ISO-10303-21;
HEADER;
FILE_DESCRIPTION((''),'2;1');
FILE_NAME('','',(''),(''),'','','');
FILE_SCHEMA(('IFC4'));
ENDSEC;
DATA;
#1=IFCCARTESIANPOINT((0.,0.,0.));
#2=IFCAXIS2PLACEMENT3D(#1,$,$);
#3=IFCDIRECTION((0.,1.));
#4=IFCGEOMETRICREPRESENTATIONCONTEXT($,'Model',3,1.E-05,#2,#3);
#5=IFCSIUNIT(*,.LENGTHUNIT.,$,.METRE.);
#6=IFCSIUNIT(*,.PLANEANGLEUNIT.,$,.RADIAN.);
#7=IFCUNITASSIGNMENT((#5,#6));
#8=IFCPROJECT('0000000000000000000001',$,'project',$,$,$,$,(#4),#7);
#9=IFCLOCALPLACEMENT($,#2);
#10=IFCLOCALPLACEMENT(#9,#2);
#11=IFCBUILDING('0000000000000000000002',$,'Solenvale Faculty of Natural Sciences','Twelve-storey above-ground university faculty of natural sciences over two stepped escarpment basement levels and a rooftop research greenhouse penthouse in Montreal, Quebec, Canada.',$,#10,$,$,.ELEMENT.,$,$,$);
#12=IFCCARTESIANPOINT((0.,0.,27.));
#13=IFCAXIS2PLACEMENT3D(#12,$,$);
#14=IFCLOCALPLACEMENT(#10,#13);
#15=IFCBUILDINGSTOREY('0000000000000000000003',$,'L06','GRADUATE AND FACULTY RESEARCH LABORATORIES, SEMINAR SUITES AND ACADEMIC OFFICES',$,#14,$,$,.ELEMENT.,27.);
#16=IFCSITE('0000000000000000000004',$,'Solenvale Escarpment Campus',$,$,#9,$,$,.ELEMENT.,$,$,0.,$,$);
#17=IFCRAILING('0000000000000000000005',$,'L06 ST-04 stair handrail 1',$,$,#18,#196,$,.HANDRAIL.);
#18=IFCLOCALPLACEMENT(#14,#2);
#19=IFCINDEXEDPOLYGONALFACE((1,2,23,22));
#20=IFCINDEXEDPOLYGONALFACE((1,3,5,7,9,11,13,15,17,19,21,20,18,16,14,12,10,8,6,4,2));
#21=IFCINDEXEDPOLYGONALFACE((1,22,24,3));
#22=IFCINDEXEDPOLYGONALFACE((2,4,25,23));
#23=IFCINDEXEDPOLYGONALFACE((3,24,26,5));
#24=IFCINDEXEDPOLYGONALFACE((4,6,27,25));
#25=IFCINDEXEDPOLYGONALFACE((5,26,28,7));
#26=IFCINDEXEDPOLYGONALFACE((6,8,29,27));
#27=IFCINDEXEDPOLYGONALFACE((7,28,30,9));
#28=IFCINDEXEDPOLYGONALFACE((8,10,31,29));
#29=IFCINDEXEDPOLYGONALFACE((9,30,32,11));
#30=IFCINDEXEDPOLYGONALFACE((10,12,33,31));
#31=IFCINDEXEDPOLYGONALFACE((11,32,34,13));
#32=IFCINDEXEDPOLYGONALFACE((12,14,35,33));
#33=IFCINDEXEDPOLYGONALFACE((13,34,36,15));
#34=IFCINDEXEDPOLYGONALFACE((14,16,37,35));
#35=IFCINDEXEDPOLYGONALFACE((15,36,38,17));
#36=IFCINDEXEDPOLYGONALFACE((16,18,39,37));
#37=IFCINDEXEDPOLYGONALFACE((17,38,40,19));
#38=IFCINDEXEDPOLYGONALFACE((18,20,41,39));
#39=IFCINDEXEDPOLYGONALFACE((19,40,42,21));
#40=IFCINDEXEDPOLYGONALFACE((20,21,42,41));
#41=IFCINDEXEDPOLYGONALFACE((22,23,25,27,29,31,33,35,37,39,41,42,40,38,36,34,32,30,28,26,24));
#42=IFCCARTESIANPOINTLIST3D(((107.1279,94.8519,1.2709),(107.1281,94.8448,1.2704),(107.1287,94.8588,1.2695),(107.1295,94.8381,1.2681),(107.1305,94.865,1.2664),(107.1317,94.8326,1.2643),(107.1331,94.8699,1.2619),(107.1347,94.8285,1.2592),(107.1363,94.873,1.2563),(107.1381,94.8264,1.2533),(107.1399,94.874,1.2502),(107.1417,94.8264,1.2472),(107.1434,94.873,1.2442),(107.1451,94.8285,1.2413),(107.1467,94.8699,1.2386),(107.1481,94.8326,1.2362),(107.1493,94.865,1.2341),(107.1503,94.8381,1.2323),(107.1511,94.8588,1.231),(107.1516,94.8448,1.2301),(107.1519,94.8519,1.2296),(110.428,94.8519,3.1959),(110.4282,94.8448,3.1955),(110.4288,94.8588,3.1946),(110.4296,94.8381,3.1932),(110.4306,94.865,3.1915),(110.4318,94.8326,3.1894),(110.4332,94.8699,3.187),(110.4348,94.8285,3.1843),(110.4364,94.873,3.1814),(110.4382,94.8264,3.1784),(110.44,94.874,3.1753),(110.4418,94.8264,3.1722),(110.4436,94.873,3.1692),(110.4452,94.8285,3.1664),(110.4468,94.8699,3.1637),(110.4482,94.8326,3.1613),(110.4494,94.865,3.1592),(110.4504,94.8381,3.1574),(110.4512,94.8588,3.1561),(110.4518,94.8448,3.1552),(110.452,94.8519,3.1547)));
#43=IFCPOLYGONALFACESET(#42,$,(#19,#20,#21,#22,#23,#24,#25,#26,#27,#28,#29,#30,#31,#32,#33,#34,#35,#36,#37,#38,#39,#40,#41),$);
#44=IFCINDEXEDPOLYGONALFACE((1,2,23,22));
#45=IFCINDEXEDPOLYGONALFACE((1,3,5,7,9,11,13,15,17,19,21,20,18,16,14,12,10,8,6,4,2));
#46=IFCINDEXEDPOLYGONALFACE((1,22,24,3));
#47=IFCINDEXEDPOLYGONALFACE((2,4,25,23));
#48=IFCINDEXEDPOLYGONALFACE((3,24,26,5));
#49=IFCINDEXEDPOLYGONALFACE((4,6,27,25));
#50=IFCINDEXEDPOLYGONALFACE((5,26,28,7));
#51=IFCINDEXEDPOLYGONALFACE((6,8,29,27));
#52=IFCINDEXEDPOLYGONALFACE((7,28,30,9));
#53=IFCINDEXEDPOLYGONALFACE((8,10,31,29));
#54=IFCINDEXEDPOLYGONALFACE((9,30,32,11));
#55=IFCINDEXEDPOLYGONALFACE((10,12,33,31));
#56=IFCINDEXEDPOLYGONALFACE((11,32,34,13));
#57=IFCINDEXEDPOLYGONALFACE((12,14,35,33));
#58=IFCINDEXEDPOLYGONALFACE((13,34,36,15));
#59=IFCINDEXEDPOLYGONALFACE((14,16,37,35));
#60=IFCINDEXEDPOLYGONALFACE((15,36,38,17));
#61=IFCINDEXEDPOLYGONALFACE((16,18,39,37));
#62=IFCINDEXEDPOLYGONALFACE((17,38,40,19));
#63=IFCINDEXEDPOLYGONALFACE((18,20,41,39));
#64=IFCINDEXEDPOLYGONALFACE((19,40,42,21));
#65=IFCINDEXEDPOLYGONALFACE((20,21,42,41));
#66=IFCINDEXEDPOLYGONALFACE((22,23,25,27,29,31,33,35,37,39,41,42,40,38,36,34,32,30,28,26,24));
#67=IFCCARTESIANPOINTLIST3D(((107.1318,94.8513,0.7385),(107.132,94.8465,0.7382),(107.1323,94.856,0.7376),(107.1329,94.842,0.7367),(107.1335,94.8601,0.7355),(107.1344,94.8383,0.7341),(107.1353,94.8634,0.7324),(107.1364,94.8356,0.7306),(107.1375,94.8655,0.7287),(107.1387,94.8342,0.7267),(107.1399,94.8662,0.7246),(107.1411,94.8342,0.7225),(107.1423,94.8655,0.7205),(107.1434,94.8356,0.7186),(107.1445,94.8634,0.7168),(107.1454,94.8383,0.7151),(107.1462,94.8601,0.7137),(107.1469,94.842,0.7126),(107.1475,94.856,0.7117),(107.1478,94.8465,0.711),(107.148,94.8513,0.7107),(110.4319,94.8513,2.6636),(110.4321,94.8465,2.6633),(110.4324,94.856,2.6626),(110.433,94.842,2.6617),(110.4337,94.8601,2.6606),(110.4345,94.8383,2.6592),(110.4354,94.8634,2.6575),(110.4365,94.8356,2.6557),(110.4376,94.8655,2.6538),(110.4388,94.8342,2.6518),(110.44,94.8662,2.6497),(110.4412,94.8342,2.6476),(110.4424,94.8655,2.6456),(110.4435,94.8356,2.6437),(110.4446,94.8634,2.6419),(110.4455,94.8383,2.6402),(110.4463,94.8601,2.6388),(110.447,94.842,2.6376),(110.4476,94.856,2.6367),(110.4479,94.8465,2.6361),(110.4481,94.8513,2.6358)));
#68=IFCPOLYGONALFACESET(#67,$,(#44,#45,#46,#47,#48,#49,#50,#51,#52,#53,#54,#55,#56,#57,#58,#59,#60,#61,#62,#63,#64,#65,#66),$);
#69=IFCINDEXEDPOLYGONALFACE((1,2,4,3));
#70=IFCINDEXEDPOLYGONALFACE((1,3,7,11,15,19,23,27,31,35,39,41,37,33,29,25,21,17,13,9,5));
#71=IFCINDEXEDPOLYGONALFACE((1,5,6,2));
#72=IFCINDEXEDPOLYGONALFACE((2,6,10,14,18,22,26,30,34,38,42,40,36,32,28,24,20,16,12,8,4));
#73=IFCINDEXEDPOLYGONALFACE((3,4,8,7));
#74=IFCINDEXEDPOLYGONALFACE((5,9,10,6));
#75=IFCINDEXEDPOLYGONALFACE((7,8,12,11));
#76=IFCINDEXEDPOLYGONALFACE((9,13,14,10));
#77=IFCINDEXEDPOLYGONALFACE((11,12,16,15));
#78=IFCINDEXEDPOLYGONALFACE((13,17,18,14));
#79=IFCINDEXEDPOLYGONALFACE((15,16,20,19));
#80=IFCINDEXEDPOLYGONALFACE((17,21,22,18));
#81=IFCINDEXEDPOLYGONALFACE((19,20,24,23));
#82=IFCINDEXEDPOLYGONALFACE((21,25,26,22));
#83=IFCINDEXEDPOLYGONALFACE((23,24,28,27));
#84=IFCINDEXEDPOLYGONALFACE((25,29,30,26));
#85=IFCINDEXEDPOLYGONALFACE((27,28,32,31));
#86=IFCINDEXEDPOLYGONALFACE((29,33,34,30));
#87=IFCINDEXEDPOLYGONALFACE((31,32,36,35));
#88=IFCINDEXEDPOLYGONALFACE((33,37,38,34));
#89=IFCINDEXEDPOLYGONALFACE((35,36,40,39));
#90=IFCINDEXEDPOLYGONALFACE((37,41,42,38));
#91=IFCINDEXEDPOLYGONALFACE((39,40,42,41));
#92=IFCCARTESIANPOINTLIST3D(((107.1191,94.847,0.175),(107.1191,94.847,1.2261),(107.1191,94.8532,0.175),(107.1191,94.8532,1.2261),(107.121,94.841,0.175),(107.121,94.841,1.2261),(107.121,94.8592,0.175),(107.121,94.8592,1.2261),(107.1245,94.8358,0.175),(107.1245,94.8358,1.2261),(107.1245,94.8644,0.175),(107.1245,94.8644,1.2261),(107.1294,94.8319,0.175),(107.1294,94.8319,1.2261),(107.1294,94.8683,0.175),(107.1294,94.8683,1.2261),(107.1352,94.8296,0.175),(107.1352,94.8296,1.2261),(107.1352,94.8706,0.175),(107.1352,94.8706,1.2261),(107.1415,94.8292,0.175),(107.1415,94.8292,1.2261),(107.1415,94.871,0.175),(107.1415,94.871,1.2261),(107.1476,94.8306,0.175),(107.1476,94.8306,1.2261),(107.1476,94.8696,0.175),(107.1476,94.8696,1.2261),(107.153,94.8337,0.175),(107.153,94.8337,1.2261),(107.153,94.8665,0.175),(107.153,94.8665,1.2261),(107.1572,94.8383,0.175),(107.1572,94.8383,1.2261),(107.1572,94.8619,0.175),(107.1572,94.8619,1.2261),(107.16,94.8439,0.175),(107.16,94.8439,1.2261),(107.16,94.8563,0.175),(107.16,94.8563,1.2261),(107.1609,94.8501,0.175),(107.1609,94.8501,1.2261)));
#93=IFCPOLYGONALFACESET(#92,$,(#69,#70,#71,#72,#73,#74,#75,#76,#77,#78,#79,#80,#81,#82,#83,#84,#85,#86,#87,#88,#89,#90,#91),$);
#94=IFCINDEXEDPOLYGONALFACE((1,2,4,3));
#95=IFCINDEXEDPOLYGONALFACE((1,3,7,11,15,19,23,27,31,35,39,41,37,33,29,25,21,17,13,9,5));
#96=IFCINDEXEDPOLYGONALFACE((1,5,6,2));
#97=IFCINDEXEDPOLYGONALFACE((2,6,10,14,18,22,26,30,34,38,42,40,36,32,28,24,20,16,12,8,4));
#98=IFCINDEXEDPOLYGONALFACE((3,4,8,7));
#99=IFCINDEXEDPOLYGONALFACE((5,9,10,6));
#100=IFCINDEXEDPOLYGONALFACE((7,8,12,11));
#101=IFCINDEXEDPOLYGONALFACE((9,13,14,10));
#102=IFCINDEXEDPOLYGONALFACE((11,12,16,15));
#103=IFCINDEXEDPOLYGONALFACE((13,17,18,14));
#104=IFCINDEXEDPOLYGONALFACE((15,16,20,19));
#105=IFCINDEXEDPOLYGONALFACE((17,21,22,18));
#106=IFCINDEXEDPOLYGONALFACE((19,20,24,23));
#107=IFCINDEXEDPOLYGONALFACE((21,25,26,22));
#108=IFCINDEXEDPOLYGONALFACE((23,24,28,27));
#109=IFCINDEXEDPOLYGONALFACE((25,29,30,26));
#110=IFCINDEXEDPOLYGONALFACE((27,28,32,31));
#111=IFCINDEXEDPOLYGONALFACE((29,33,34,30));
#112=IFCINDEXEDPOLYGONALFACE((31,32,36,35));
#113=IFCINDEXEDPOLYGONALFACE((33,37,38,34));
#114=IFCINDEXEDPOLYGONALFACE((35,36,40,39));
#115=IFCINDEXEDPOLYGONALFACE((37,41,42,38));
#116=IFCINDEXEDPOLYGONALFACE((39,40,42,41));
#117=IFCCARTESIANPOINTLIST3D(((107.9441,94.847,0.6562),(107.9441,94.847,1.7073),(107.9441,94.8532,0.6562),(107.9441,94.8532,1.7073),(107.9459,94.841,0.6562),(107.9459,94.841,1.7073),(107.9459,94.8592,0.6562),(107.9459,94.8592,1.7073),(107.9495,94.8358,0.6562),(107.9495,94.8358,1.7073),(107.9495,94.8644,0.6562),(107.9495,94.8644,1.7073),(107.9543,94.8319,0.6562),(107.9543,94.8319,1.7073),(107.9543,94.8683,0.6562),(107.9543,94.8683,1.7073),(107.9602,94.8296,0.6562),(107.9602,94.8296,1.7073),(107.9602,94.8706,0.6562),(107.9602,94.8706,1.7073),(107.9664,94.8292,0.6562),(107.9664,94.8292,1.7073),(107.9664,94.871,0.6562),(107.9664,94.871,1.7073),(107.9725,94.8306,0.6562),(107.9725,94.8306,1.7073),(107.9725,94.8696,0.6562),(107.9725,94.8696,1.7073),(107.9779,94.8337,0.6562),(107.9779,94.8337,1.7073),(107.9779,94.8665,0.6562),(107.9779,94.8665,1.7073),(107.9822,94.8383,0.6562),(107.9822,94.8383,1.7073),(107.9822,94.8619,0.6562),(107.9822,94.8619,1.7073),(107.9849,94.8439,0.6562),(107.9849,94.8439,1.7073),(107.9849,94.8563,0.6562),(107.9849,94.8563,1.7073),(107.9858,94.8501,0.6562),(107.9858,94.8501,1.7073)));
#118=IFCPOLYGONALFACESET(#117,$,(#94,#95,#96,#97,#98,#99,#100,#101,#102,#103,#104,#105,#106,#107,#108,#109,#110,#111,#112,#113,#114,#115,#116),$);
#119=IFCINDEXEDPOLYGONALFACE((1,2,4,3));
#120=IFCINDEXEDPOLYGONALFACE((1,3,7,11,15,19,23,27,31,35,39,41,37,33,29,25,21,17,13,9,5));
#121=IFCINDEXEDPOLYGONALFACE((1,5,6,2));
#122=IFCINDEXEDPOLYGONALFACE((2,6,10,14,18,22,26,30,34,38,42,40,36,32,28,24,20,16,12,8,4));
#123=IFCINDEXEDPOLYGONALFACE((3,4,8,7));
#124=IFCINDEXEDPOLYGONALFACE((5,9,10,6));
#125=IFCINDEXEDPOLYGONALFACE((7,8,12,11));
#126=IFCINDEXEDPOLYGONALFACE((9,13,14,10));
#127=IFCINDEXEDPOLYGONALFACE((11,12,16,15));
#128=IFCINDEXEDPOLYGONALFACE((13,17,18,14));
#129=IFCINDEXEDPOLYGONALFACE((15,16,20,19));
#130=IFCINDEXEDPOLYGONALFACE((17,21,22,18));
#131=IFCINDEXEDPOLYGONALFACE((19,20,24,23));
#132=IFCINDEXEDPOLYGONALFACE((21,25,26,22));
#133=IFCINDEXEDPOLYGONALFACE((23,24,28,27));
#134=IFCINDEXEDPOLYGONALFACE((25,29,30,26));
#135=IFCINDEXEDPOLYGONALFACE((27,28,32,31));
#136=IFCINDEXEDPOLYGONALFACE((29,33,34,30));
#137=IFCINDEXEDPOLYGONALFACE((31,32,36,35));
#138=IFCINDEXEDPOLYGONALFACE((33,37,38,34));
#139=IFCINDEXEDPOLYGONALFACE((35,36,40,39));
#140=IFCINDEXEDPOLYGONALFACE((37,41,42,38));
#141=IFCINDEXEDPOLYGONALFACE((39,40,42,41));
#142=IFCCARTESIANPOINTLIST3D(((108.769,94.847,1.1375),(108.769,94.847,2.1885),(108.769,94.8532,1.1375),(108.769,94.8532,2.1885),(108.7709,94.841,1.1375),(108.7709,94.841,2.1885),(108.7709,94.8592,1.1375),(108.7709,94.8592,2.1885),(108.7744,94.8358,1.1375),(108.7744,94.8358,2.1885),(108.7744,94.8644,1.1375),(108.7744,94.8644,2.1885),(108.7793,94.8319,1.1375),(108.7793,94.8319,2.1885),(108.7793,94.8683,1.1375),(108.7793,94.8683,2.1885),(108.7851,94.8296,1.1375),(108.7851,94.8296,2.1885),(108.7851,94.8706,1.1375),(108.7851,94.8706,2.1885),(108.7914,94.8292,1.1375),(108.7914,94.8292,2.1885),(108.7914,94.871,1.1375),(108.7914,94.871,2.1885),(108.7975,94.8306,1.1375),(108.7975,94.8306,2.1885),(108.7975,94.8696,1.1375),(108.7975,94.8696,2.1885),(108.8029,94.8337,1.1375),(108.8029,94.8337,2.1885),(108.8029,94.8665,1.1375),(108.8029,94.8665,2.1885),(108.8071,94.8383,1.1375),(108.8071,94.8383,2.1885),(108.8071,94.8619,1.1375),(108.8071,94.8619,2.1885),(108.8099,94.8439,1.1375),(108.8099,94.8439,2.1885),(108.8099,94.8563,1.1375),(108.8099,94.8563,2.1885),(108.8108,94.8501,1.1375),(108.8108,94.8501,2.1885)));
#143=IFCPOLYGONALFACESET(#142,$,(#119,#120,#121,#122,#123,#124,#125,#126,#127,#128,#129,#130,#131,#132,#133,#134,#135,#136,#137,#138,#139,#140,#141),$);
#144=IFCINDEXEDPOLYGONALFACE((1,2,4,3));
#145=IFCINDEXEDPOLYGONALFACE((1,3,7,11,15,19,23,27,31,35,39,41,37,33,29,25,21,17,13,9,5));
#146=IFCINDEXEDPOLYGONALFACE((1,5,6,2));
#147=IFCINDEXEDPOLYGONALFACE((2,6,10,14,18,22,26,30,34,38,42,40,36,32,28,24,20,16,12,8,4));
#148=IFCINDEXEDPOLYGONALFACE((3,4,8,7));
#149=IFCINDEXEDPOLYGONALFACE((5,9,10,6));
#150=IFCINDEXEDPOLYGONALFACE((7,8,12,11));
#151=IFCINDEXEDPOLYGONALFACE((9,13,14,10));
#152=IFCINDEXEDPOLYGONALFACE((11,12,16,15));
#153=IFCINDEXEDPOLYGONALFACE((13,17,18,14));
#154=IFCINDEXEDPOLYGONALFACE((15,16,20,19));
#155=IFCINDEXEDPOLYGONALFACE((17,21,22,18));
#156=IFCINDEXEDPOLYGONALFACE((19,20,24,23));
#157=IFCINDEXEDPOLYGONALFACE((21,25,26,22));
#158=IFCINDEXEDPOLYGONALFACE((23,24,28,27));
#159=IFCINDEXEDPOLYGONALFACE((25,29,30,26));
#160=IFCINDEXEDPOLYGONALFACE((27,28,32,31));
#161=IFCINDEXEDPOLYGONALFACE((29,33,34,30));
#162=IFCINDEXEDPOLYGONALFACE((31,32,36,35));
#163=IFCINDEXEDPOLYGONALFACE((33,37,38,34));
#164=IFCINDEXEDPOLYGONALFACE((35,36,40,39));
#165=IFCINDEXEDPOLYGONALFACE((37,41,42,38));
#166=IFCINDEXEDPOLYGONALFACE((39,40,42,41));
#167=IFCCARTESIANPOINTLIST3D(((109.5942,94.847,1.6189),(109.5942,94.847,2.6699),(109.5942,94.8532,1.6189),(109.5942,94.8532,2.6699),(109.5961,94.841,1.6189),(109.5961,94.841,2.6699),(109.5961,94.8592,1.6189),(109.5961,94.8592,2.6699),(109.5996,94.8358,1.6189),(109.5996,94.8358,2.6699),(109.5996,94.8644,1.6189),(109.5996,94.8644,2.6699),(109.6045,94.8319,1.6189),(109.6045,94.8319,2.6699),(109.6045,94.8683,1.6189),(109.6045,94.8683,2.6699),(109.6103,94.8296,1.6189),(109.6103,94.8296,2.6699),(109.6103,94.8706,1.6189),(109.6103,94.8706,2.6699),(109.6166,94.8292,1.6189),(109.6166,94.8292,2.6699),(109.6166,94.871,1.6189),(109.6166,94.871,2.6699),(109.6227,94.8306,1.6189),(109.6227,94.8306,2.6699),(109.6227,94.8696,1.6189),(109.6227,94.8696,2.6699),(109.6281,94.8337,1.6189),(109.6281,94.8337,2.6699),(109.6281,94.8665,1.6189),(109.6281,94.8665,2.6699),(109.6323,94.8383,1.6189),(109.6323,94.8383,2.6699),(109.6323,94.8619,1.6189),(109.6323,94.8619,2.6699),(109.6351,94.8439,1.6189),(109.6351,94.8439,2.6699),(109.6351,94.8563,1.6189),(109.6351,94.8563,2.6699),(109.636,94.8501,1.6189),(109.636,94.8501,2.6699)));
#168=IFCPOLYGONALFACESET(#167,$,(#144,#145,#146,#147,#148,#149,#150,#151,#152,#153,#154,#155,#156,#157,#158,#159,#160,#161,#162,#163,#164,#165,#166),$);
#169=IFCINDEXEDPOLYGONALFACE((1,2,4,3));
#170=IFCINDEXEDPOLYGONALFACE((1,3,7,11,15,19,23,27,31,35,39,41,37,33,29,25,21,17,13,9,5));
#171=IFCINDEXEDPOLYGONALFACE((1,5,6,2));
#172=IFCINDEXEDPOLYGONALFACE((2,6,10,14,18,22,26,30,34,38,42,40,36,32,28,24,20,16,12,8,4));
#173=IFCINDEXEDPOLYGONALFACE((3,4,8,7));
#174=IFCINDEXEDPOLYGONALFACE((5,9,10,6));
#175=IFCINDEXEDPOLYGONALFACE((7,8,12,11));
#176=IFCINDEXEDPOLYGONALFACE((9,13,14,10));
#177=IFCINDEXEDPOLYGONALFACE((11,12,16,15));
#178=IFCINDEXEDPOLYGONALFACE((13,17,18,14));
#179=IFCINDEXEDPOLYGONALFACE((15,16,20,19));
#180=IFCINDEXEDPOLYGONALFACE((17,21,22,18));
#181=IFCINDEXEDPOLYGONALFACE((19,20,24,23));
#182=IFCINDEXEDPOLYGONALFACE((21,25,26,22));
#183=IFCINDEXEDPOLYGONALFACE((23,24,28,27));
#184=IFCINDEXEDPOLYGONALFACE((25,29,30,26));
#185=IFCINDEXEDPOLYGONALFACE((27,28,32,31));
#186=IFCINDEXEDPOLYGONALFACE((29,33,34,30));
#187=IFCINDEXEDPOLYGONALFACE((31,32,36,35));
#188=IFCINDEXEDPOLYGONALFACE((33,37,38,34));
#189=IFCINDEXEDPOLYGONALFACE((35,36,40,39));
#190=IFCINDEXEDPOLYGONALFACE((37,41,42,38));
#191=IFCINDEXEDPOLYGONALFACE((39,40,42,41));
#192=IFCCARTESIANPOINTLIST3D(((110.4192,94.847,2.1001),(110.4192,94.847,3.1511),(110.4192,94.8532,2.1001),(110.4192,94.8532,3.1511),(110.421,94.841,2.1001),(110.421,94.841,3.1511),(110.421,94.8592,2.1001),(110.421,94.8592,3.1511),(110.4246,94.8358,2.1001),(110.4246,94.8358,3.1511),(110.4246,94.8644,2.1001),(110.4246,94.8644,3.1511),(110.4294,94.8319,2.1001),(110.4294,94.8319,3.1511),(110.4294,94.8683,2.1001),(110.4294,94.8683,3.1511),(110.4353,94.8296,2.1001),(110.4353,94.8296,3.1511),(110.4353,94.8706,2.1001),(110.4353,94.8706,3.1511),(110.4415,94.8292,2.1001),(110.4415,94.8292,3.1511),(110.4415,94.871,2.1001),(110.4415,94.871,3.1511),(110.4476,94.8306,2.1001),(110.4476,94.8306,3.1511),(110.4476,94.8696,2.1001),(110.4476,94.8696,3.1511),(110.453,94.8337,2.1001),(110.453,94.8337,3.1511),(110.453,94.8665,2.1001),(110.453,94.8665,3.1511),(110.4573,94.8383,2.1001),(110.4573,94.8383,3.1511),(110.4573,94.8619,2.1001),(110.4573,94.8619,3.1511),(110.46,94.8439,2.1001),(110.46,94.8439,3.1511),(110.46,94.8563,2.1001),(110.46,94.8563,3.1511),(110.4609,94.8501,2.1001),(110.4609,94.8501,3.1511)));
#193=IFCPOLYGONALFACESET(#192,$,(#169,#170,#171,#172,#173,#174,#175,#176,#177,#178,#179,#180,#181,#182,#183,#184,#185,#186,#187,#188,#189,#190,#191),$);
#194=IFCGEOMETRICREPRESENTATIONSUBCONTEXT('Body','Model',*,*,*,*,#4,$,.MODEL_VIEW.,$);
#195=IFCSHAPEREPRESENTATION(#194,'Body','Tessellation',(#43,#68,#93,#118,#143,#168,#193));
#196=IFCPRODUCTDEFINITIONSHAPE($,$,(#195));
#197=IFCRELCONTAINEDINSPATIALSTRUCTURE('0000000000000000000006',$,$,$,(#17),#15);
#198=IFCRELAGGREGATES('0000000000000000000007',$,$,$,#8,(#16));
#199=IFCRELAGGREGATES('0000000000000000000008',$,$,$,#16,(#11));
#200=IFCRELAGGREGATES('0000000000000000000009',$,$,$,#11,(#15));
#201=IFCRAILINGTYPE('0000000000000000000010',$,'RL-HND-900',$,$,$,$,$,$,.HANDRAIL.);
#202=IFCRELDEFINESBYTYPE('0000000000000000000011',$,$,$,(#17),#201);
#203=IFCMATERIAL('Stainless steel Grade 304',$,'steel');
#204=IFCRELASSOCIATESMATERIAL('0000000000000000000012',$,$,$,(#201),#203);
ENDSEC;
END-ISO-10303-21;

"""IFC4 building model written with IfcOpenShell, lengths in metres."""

from ifc_helpers import new_model, si_unit, direction, frame, origin, origin_2d, place, context, subcontext, project, spatial, circle, extrude, material, type_object, element, save


model = new_model("IFC4")

# Units and contexts
model_context = context("Model", 3, precision=1e-05, world=origin(), true_north=direction((0.0, 1.0)))
body_context = subcontext(model_context, "Body", "Model", "MODEL_VIEW")
ifc_project = project(units=[si_unit("LENGTHUNIT", "METRE"), si_unit("PLANEANGLEUNIT", "RADIAN")], contexts=[model_context])

# Site, building, storey
site_placement = place(None, origin())
site = spatial("IfcSite", under=ifc_project, at=site_placement, Name="Solenvale Escarpment Campus", CompositionType="ELEMENT", RefElevation=0.0)
building_placement = place(site_placement, origin())
building = spatial("IfcBuilding", under=site, at=building_placement, Name="Solenvale Faculty of Natural Sciences", Description="Twelve-storey above-ground university faculty of natural sciences over two stepped escarpment basement levels and a rooftop research greenhouse penthouse in Montreal, Quebec, Canada.", CompositionType="ELEMENT")
storey_placement = place(building_placement, frame((0.0, 0.0, 27.0)))
storey = spatial("IfcBuildingStorey", under=building, at=storey_placement, Name="L06", Description="GRADUATE AND FACULTY RESEARCH LABORATORIES, SEMINAR SUITES AND ACADEMIC OFFICES", CompositionType="ELEMENT", Elevation=27.0)

# Shared definitions
ifc_material_1 = material(Name="Stainless steel Grade 304", Category="steel")

# Railing
railing_type_1 = type_object("IfcRailingType", Name="RL-HND-900", PredefinedType="HANDRAIL", material=ifc_material_1)
railing_1_placement = place(storey_placement, frame((107.1399, 94.8501, 0.175)))
element("IfcRailing", 1, at=railing_1_placement, inside=storey, type_object=railing_type_1, Name="L06 ST-04 stair handrail 1", PredefinedType="HANDRAIL", context=body_context, shape_type="SweptSolid", body=[
    extrude(circle(Radius=0.0239, at=origin_2d()), frame((0.0, 0.0, 1.0752), z_axis=(0.863777, 0.0, 0.503875), x_axis=(0.0, 1.0, 0.0)), (0.0, 0.0, 1.0), 3.8206),
    extrude(circle(Radius=0.0161, at=origin_2d()), frame((0.0, 0.0, 0.5496), z_axis=(0.863777, 0.0, 0.503875), x_axis=(0.0, 1.0, 0.0)), (0.0, 0.0, 1.0), 3.8206),
    extrude(circle(Radius=0.021, at=origin_2d()), origin(), (0.0, 0.0, 1.0), 1.051),
    extrude(circle(Radius=0.021, at=origin_2d()), frame((0.825, 0.0, 0.4812)), (0.0, 0.0, 1.0), 1.051),
    extrude(circle(Radius=0.021, at=origin_2d()), frame((1.6499, 0.0, 0.9624)), (0.0, 0.0, 1.0), 1.051),
    extrude(circle(Radius=0.021, at=origin_2d()), frame((2.4751, 0.0, 1.4438)), (0.0, 0.0, 1.0), 1.051),
    extrude(circle(Radius=0.021, at=origin_2d()), frame((3.3, 0.0, 1.925)), (0.0, 0.0, 1.0), 1.051),
])

save(model, "model.ifc")
